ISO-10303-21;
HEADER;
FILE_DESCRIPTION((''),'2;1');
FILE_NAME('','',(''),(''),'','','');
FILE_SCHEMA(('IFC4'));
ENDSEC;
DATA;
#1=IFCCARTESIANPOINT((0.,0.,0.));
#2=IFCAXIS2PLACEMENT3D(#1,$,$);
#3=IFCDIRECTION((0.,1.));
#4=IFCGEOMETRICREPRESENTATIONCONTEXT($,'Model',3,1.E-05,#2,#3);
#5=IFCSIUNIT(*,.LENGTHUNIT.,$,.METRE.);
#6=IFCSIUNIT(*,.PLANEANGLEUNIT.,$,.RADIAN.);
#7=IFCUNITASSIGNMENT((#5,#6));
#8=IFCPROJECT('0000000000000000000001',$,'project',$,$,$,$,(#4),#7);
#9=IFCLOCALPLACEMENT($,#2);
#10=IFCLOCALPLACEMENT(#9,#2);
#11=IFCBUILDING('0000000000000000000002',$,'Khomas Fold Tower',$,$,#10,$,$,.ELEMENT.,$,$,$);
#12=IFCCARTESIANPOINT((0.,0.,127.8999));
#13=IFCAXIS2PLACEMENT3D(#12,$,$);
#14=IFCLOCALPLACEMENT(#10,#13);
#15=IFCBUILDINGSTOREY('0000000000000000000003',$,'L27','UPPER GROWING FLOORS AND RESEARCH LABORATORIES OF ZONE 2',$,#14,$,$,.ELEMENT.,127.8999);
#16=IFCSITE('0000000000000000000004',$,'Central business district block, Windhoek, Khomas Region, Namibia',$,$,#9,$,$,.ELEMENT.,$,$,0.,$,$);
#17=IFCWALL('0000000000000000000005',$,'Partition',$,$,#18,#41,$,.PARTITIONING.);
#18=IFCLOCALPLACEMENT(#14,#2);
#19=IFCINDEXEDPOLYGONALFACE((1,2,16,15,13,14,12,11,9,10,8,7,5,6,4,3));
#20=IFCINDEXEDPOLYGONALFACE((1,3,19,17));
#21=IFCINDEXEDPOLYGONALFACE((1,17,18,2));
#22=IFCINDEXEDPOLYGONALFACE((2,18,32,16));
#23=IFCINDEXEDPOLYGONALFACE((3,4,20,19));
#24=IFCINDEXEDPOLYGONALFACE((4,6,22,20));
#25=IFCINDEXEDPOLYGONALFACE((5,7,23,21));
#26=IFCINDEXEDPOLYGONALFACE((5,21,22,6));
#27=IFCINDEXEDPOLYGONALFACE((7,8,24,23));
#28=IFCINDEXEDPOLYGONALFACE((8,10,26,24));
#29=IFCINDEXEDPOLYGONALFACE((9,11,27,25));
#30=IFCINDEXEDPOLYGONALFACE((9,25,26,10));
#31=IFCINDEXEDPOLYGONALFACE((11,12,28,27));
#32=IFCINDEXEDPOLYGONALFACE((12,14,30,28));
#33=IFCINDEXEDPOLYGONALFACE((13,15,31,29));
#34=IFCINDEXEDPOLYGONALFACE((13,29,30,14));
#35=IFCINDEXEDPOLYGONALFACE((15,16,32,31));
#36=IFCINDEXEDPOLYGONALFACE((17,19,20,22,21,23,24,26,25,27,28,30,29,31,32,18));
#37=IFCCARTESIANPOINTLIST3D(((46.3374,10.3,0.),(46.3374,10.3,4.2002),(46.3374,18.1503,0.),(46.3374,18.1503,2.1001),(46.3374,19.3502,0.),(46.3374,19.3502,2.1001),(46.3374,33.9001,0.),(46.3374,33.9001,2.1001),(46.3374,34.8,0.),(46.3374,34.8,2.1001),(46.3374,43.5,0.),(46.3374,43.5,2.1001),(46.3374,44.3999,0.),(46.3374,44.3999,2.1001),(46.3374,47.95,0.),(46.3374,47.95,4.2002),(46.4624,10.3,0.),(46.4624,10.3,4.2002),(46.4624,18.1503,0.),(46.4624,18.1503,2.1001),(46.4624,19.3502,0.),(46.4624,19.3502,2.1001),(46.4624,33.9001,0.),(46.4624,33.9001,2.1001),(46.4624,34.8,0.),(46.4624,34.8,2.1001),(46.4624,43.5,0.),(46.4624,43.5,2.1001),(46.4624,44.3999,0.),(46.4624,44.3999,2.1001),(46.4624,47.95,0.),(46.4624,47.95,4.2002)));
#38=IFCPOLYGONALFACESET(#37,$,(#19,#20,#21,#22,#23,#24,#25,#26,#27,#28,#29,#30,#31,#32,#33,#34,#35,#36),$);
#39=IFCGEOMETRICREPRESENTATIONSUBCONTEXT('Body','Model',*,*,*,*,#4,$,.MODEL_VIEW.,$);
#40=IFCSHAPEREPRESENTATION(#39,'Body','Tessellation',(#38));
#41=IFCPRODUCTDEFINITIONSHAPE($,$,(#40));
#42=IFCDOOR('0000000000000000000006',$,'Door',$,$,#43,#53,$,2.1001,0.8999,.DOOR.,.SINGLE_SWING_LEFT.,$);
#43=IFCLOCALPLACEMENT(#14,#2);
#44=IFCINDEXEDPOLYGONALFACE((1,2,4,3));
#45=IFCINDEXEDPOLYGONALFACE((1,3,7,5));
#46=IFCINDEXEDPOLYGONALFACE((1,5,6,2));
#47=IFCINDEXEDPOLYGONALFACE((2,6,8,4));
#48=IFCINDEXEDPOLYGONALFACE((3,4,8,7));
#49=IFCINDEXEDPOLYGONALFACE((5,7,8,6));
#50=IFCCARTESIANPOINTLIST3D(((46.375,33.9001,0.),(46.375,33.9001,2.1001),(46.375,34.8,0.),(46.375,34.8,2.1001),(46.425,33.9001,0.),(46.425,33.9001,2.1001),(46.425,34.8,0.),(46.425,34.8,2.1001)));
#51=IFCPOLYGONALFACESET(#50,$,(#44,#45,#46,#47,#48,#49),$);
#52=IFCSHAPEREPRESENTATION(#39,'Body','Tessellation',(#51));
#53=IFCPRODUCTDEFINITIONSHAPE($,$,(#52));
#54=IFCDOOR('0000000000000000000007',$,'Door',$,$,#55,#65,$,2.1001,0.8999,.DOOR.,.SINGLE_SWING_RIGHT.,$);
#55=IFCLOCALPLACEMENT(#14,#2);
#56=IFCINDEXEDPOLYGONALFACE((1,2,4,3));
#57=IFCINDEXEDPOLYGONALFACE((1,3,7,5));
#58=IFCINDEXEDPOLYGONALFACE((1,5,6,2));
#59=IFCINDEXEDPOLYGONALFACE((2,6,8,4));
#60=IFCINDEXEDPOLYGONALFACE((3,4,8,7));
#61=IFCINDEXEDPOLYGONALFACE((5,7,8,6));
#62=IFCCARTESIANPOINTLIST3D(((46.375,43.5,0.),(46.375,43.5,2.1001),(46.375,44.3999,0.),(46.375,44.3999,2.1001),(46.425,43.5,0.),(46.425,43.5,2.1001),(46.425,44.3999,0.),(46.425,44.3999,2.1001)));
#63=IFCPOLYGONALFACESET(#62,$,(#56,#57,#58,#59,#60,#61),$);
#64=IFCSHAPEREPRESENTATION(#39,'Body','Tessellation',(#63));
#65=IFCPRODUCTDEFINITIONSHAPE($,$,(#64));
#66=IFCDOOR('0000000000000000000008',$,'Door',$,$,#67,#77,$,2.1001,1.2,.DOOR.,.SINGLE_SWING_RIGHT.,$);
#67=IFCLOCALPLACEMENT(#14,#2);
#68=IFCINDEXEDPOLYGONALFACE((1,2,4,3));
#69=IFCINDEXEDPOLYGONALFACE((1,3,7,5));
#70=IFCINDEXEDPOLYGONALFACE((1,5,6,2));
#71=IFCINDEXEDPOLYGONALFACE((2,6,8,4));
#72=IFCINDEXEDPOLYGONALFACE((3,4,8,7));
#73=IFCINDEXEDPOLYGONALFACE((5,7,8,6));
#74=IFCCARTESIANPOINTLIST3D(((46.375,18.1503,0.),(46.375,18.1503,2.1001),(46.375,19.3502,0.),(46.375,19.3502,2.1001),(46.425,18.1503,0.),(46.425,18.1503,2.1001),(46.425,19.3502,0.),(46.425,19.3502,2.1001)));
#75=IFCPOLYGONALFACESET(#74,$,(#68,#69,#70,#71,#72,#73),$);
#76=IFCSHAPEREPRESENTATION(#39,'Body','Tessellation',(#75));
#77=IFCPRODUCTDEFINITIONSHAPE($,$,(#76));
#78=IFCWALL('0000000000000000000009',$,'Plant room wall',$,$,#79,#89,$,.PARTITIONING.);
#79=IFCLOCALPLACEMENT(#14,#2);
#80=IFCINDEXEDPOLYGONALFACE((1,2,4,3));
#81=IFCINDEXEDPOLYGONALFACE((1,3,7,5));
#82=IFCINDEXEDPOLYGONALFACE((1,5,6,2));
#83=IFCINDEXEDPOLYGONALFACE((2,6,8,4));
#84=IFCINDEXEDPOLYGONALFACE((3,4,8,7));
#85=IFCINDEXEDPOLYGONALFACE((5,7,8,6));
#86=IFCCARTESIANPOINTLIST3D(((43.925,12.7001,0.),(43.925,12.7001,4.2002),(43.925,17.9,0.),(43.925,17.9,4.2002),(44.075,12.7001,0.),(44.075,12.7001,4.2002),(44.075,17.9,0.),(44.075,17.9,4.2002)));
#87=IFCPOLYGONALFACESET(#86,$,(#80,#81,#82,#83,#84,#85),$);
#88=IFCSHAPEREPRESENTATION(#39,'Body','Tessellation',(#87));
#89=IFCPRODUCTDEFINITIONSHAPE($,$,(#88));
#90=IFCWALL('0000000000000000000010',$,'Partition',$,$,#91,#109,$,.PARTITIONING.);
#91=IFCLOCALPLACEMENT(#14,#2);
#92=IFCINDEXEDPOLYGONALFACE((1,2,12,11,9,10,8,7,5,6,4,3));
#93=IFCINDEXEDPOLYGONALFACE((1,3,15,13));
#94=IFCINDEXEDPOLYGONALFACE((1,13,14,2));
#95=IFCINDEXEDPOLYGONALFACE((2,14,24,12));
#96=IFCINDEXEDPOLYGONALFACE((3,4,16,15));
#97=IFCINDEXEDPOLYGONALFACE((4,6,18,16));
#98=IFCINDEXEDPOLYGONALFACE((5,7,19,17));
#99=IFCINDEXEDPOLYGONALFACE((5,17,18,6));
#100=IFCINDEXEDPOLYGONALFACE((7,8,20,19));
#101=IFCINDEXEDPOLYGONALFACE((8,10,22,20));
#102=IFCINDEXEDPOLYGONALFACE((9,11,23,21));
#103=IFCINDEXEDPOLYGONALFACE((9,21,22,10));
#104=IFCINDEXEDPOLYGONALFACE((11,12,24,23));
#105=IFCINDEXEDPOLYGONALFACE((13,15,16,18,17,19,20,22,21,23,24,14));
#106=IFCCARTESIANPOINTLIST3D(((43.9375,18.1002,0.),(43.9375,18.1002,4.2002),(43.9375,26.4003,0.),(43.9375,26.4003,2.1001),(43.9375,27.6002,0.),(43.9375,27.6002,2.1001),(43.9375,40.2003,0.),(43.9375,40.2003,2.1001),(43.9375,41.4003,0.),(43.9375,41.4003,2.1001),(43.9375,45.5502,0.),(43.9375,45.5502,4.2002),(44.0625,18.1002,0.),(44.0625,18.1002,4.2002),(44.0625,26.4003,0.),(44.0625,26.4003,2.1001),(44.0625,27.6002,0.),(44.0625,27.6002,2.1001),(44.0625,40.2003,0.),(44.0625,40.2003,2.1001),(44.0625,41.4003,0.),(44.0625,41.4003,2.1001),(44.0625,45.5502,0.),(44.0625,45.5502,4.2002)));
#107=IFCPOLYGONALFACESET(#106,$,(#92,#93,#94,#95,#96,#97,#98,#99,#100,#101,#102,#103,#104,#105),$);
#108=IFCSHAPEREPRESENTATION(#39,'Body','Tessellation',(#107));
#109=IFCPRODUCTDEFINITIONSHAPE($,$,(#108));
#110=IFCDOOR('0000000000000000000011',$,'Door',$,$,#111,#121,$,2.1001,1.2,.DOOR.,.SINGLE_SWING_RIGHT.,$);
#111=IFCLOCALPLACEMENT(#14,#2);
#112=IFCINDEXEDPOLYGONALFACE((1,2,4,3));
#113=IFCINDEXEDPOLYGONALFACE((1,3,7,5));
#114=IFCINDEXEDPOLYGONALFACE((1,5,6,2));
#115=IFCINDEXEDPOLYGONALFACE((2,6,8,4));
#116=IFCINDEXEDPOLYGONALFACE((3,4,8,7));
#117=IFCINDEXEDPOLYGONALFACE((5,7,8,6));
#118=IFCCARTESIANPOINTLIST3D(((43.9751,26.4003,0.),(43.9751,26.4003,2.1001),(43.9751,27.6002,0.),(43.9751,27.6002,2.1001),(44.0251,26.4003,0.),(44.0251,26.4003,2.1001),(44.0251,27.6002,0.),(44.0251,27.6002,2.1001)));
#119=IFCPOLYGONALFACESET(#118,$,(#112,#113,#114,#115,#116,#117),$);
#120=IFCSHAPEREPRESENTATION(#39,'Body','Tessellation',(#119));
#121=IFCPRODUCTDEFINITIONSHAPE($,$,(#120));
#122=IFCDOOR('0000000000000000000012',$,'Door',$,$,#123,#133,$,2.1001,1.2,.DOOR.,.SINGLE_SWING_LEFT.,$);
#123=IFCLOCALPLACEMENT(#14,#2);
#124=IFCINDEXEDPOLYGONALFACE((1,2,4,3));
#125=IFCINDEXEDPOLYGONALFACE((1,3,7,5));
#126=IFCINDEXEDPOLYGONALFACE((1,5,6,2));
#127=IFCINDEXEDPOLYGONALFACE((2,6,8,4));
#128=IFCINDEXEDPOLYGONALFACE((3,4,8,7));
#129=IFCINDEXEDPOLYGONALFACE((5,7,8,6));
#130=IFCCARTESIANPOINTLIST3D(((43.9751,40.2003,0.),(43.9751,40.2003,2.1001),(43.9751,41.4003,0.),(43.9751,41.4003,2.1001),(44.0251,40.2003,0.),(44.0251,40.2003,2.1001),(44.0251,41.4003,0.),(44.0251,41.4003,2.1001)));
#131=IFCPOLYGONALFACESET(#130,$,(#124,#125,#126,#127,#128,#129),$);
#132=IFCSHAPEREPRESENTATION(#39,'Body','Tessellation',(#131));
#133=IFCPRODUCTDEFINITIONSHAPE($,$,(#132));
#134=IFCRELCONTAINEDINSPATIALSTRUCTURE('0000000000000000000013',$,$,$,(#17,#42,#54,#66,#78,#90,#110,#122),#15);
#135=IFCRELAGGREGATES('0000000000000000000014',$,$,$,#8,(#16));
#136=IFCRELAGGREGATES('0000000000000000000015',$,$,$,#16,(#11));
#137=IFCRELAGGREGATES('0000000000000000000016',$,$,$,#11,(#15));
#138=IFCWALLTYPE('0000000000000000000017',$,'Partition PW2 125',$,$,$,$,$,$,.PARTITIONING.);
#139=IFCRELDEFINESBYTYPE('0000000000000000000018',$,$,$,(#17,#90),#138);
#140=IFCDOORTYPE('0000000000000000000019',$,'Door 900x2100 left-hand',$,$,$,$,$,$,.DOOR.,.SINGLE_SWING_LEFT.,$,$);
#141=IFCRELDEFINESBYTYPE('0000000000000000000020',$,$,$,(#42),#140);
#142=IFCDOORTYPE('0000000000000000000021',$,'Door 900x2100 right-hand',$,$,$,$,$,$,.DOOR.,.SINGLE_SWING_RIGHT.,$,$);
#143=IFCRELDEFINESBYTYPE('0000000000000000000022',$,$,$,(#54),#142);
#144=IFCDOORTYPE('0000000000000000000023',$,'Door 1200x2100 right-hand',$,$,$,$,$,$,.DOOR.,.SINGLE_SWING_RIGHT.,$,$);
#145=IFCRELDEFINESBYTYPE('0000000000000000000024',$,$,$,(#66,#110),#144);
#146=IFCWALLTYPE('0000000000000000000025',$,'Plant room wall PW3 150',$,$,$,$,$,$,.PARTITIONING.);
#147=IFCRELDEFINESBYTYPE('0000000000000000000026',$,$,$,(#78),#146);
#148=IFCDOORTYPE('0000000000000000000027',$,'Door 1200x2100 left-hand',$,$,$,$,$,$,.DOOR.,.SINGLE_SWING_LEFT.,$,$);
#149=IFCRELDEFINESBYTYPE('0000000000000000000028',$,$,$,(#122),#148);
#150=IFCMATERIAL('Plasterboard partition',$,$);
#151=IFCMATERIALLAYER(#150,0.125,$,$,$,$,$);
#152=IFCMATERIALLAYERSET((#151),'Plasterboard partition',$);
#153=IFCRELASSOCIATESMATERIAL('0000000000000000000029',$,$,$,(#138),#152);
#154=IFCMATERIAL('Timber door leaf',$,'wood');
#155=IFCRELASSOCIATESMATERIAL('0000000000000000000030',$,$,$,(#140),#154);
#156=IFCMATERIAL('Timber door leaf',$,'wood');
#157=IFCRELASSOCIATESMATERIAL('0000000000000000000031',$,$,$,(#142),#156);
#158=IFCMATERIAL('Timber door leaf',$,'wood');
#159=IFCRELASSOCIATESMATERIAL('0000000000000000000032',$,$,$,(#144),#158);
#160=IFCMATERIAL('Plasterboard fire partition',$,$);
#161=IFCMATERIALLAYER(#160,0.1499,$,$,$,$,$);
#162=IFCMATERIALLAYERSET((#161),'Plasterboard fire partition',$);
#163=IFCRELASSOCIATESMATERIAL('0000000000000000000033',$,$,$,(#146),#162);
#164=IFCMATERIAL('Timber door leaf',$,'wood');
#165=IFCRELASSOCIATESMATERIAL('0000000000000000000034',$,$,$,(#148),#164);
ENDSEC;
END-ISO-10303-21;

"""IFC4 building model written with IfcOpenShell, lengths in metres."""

from ifc_helpers import new_model, si_unit, direction, frame, frame_2d, origin, place, context, subcontext, project, spatial, rectangle, extrude, source, transform, mapped, material, layer, layer_set, type_object, element, fill, save


model = new_model("IFC4")

# Units and contexts
model_context = context("Model", 3, precision=1e-05, world=origin(), true_north=direction((0.0, 1.0)))
body_context = subcontext(model_context, "Body", "Model", "MODEL_VIEW")
ifc_project = project(units=[si_unit("LENGTHUNIT", "METRE"), si_unit("PLANEANGLEUNIT", "RADIAN")], contexts=[model_context])

# Site, building, storey
site_placement = place(None, origin())
site = spatial("IfcSite", under=ifc_project, at=site_placement, Name="Central business district block, Windhoek, Khomas Region, Namibia", CompositionType="ELEMENT", RefElevation=0.0)
building_placement = place(site_placement, origin())
building = spatial("IfcBuilding", under=site, at=building_placement, Name="Khomas Fold Tower", CompositionType="ELEMENT")
storey_placement = place(building_placement, frame((0.0, 0.0, 127.8999)))
storey = spatial("IfcBuildingStorey", under=building, at=storey_placement, Name="L27", Description="UPPER GROWING FLOORS AND RESEARCH LABORATORIES OF ZONE 2", CompositionType="ELEMENT", Elevation=127.8999)

# Wall, openings, doors
ifc_material_1 = material(Name="Plasterboard partition")
ifc_layer_1 = layer(ifc_material_1, 0.125)
ifc_layer_set_1 = layer_set([ifc_layer_1], Name="Plasterboard partition")
wall_type_1 = type_object("IfcWallType", Name="Partition PW2 125", PredefinedType="PARTITIONING", material=ifc_layer_set_1)
shared_shape_1 = source(origin(), body_context, "Body", "SweptSolid", [
    extrude(rectangle(XDim=37.6499, YDim=0.125, at=frame_2d((18.825, 0.0))), origin(), (0.0, 0.0, 1.0), 4.2002),
])
wall_1_placement = place(storey_placement, frame((46.3999, 10.3, 0.0), z_axis=(0.0, 0.0, 1.0), x_axis=(0.0, 1.0, 0.0)))
wall_1 = element("IfcWall", 1, at=wall_1_placement, inside=storey, type_object=wall_type_1, Name="Partition", PredefinedType="PARTITIONING", context=body_context, shape_type="MappedRepresentation", body=[
    mapped(shared_shape_1, transform((0.0, 0.0, 0.0))),
])
shared_shape_2 = source(origin(), body_context, "Body", "SweptSolid", [
    extrude(rectangle(XDim=1.2, YDim=2.1001, at=frame_2d((0.6001, 1.05))), frame((0.0, 0.0725, 0.0), z_axis=(0.0, -1.0, 0.0), x_axis=(1.0, 0.0, 0.0)), (0.0, 0.0, 1.0), 0.145),
])
opening_1_placement = place(wall_1_placement, frame((7.8501, 0.0, 0.0)))
opening_1 = element("IfcOpeningElement", 2, at=opening_1_placement, cuts=wall_1, PredefinedType="OPENING", context=body_context, shape_type="MappedRepresentation", body=[
    mapped(shared_shape_2, transform((0.0, 0.0, 0.0))),
])
shared_shape_3 = source(origin(), body_context, "Body", "SweptSolid", [
    extrude(rectangle(XDim=0.8999, YDim=2.1001, at=frame_2d((0.45, 1.05))), frame((0.0, 0.0725, 0.0), z_axis=(0.0, -1.0, 0.0), x_axis=(1.0, 0.0, 0.0)), (0.0, 0.0, 1.0), 0.145),
])
opening_2_placement = place(wall_1_placement, frame((23.6001, 0.0, 0.0)))
opening_2 = element("IfcOpeningElement", 3, at=opening_2_placement, cuts=wall_1, PredefinedType="OPENING", context=body_context, shape_type="MappedRepresentation", body=[
    mapped(shared_shape_3, transform((0.0, 0.0, 0.0))),
])
opening_3_placement = place(wall_1_placement, frame((33.2, 0.0, 0.0)))
opening_3 = element("IfcOpeningElement", 4, at=opening_3_placement, cuts=wall_1, PredefinedType="OPENING", context=body_context, shape_type="MappedRepresentation", body=[
    mapped(shared_shape_3, transform((0.0, 0.0, 0.0))),
])
ifc_material_2 = material(Name="Timber door leaf", Category="wood")
door_type_1 = type_object("IfcDoorType", Name="Door 900x2100 left-hand", OperationType="SINGLE_SWING_LEFT", PredefinedType="DOOR", material=ifc_material_2)
shared_shape_4 = source(origin(), body_context, "Body", "SweptSolid", [
    extrude(rectangle(XDim=0.8999, YDim=2.1001, at=frame_2d((0.45, 1.05))), frame((0.0, 0.0249, 0.0), z_axis=(0.0, -1.0, 0.0), x_axis=(1.0, 0.0, 0.0)), (0.0, 0.0, 1.0), 0.05),
])
door_1_placement = place(opening_2_placement, origin())
door_1 = element("IfcDoor", 5, at=door_1_placement, inside=storey, type_object=door_type_1, Name="Door", OperationType="SINGLE_SWING_LEFT", OverallHeight=2.1001, OverallWidth=0.8999, PredefinedType="DOOR", context=body_context, shape_type="MappedRepresentation", body=[
    mapped(shared_shape_4, transform((0.0, 0.0, 0.0))),
])
fill(opening_2, door_1)
ifc_material_3 = material(Name="Timber door leaf", Category="wood")
door_type_2 = type_object("IfcDoorType", Name="Door 900x2100 right-hand", OperationType="SINGLE_SWING_RIGHT", PredefinedType="DOOR", material=ifc_material_3)
door_2_placement = place(opening_3_placement, origin())
door_2 = element("IfcDoor", 6, at=door_2_placement, inside=storey, type_object=door_type_2, Name="Door", OperationType="SINGLE_SWING_RIGHT", OverallHeight=2.1001, OverallWidth=0.8999, PredefinedType="DOOR", context=body_context, shape_type="MappedRepresentation", body=[
    mapped(shared_shape_4, transform((0.0, 0.0, 0.0))),
])
fill(opening_3, door_2)
ifc_material_4 = material(Name="Timber door leaf", Category="wood")
door_type_3 = type_object("IfcDoorType", Name="Door 1200x2100 right-hand", OperationType="SINGLE_SWING_RIGHT", PredefinedType="DOOR", material=ifc_material_4)
shared_shape_5 = source(origin(), body_context, "Body", "SweptSolid", [
    extrude(rectangle(XDim=1.2, YDim=2.1001, at=frame_2d((0.6001, 1.05))), frame((0.0, 0.0249, 0.0), z_axis=(0.0, -1.0, 0.0), x_axis=(1.0, 0.0, 0.0)), (0.0, 0.0, 1.0), 0.05),
])
door_3_placement = place(opening_1_placement, origin())
door_3 = element("IfcDoor", 7, at=door_3_placement, inside=storey, type_object=door_type_3, Name="Door", OperationType="SINGLE_SWING_RIGHT", OverallHeight=2.1001, OverallWidth=1.2, PredefinedType="DOOR", context=body_context, shape_type="MappedRepresentation", body=[
    mapped(shared_shape_5, transform((0.0, 0.0, 0.0))),
])
fill(opening_1, door_3)

# Wall
ifc_material_5 = material(Name="Plasterboard fire partition")
ifc_layer_2 = layer(ifc_material_5, 0.1499)
ifc_layer_set_2 = layer_set([ifc_layer_2], Name="Plasterboard fire partition")
wall_type_2 = type_object("IfcWallType", Name="Plant room wall PW3 150", PredefinedType="PARTITIONING", material=ifc_layer_set_2)
shared_shape_6 = source(origin(), body_context, "Body", "SweptSolid", [
    extrude(rectangle(XDim=5.2, YDim=0.1499, at=frame_2d((2.6001, 0.0))), origin(), (0.0, 0.0, 1.0), 4.2002),
])
wall_2_placement = place(storey_placement, frame((44.0, 12.7, 0.0), z_axis=(0.0, 0.0, 1.0), x_axis=(0.0, 1.0, 0.0)))
element("IfcWall", 8, at=wall_2_placement, inside=storey, type_object=wall_type_2, Name="Plant room wall", PredefinedType="PARTITIONING", context=body_context, shape_type="MappedRepresentation", body=[
    mapped(shared_shape_6, transform((0.0, 0.0, 0.0))),
])

# Wall, openings, doors
shared_shape_7 = source(origin(), body_context, "Body", "SweptSolid", [
    extrude(rectangle(XDim=27.45, YDim=0.125, at=frame_2d((13.7251, 0.0))), origin(), (0.0, 0.0, 1.0), 4.2002),
])
wall_3_placement = place(storey_placement, frame((44.0, 18.1001, 0.0), z_axis=(0.0, 0.0, 1.0), x_axis=(0.0, 1.0, 0.0)))
wall_3 = element("IfcWall", 9, at=wall_3_placement, inside=storey, type_object=wall_type_1, Name="Partition", PredefinedType="PARTITIONING", context=body_context, shape_type="MappedRepresentation", body=[
    mapped(shared_shape_7, transform((0.0, 0.0, 0.0))),
])
opening_4_placement = place(wall_3_placement, frame((8.3, 0.0, 0.0)))
opening_4 = element("IfcOpeningElement", 10, at=opening_4_placement, cuts=wall_3, PredefinedType="OPENING", context=body_context, shape_type="MappedRepresentation", body=[
    mapped(shared_shape_2, transform((0.0, 0.0, 0.0))),
])
opening_5_placement = place(wall_3_placement, frame((22.1001, 0.0, 0.0)))
opening_5 = element("IfcOpeningElement", 11, at=opening_5_placement, cuts=wall_3, PredefinedType="OPENING", context=body_context, shape_type="MappedRepresentation", body=[
    mapped(shared_shape_2, transform((0.0, 0.0, 0.0))),
])
door_4_placement = place(opening_4_placement, origin())
door_4 = element("IfcDoor", 12, at=door_4_placement, inside=storey, type_object=door_type_3, Name="Door", OperationType="SINGLE_SWING_RIGHT", OverallHeight=2.1001, OverallWidth=1.2, PredefinedType="DOOR", context=body_context, shape_type="MappedRepresentation", body=[
    mapped(shared_shape_5, transform((0.0, 0.0, 0.0))),
])
fill(opening_4, door_4)
ifc_material_6 = material(Name="Timber door leaf", Category="wood")
door_type_4 = type_object("IfcDoorType", Name="Door 1200x2100 left-hand", OperationType="SINGLE_SWING_LEFT", PredefinedType="DOOR", material=ifc_material_6)
door_5_placement = place(opening_5_placement, origin())
door_5 = element("IfcDoor", 13, at=door_5_placement, inside=storey, type_object=door_type_4, Name="Door", OperationType="SINGLE_SWING_LEFT", OverallHeight=2.1001, OverallWidth=1.2, PredefinedType="DOOR", context=body_context, shape_type="MappedRepresentation", body=[
    mapped(shared_shape_5, transform((0.0, 0.0, 0.0))),
])
fill(opening_5, door_5)

save(model, "model.ifc")
